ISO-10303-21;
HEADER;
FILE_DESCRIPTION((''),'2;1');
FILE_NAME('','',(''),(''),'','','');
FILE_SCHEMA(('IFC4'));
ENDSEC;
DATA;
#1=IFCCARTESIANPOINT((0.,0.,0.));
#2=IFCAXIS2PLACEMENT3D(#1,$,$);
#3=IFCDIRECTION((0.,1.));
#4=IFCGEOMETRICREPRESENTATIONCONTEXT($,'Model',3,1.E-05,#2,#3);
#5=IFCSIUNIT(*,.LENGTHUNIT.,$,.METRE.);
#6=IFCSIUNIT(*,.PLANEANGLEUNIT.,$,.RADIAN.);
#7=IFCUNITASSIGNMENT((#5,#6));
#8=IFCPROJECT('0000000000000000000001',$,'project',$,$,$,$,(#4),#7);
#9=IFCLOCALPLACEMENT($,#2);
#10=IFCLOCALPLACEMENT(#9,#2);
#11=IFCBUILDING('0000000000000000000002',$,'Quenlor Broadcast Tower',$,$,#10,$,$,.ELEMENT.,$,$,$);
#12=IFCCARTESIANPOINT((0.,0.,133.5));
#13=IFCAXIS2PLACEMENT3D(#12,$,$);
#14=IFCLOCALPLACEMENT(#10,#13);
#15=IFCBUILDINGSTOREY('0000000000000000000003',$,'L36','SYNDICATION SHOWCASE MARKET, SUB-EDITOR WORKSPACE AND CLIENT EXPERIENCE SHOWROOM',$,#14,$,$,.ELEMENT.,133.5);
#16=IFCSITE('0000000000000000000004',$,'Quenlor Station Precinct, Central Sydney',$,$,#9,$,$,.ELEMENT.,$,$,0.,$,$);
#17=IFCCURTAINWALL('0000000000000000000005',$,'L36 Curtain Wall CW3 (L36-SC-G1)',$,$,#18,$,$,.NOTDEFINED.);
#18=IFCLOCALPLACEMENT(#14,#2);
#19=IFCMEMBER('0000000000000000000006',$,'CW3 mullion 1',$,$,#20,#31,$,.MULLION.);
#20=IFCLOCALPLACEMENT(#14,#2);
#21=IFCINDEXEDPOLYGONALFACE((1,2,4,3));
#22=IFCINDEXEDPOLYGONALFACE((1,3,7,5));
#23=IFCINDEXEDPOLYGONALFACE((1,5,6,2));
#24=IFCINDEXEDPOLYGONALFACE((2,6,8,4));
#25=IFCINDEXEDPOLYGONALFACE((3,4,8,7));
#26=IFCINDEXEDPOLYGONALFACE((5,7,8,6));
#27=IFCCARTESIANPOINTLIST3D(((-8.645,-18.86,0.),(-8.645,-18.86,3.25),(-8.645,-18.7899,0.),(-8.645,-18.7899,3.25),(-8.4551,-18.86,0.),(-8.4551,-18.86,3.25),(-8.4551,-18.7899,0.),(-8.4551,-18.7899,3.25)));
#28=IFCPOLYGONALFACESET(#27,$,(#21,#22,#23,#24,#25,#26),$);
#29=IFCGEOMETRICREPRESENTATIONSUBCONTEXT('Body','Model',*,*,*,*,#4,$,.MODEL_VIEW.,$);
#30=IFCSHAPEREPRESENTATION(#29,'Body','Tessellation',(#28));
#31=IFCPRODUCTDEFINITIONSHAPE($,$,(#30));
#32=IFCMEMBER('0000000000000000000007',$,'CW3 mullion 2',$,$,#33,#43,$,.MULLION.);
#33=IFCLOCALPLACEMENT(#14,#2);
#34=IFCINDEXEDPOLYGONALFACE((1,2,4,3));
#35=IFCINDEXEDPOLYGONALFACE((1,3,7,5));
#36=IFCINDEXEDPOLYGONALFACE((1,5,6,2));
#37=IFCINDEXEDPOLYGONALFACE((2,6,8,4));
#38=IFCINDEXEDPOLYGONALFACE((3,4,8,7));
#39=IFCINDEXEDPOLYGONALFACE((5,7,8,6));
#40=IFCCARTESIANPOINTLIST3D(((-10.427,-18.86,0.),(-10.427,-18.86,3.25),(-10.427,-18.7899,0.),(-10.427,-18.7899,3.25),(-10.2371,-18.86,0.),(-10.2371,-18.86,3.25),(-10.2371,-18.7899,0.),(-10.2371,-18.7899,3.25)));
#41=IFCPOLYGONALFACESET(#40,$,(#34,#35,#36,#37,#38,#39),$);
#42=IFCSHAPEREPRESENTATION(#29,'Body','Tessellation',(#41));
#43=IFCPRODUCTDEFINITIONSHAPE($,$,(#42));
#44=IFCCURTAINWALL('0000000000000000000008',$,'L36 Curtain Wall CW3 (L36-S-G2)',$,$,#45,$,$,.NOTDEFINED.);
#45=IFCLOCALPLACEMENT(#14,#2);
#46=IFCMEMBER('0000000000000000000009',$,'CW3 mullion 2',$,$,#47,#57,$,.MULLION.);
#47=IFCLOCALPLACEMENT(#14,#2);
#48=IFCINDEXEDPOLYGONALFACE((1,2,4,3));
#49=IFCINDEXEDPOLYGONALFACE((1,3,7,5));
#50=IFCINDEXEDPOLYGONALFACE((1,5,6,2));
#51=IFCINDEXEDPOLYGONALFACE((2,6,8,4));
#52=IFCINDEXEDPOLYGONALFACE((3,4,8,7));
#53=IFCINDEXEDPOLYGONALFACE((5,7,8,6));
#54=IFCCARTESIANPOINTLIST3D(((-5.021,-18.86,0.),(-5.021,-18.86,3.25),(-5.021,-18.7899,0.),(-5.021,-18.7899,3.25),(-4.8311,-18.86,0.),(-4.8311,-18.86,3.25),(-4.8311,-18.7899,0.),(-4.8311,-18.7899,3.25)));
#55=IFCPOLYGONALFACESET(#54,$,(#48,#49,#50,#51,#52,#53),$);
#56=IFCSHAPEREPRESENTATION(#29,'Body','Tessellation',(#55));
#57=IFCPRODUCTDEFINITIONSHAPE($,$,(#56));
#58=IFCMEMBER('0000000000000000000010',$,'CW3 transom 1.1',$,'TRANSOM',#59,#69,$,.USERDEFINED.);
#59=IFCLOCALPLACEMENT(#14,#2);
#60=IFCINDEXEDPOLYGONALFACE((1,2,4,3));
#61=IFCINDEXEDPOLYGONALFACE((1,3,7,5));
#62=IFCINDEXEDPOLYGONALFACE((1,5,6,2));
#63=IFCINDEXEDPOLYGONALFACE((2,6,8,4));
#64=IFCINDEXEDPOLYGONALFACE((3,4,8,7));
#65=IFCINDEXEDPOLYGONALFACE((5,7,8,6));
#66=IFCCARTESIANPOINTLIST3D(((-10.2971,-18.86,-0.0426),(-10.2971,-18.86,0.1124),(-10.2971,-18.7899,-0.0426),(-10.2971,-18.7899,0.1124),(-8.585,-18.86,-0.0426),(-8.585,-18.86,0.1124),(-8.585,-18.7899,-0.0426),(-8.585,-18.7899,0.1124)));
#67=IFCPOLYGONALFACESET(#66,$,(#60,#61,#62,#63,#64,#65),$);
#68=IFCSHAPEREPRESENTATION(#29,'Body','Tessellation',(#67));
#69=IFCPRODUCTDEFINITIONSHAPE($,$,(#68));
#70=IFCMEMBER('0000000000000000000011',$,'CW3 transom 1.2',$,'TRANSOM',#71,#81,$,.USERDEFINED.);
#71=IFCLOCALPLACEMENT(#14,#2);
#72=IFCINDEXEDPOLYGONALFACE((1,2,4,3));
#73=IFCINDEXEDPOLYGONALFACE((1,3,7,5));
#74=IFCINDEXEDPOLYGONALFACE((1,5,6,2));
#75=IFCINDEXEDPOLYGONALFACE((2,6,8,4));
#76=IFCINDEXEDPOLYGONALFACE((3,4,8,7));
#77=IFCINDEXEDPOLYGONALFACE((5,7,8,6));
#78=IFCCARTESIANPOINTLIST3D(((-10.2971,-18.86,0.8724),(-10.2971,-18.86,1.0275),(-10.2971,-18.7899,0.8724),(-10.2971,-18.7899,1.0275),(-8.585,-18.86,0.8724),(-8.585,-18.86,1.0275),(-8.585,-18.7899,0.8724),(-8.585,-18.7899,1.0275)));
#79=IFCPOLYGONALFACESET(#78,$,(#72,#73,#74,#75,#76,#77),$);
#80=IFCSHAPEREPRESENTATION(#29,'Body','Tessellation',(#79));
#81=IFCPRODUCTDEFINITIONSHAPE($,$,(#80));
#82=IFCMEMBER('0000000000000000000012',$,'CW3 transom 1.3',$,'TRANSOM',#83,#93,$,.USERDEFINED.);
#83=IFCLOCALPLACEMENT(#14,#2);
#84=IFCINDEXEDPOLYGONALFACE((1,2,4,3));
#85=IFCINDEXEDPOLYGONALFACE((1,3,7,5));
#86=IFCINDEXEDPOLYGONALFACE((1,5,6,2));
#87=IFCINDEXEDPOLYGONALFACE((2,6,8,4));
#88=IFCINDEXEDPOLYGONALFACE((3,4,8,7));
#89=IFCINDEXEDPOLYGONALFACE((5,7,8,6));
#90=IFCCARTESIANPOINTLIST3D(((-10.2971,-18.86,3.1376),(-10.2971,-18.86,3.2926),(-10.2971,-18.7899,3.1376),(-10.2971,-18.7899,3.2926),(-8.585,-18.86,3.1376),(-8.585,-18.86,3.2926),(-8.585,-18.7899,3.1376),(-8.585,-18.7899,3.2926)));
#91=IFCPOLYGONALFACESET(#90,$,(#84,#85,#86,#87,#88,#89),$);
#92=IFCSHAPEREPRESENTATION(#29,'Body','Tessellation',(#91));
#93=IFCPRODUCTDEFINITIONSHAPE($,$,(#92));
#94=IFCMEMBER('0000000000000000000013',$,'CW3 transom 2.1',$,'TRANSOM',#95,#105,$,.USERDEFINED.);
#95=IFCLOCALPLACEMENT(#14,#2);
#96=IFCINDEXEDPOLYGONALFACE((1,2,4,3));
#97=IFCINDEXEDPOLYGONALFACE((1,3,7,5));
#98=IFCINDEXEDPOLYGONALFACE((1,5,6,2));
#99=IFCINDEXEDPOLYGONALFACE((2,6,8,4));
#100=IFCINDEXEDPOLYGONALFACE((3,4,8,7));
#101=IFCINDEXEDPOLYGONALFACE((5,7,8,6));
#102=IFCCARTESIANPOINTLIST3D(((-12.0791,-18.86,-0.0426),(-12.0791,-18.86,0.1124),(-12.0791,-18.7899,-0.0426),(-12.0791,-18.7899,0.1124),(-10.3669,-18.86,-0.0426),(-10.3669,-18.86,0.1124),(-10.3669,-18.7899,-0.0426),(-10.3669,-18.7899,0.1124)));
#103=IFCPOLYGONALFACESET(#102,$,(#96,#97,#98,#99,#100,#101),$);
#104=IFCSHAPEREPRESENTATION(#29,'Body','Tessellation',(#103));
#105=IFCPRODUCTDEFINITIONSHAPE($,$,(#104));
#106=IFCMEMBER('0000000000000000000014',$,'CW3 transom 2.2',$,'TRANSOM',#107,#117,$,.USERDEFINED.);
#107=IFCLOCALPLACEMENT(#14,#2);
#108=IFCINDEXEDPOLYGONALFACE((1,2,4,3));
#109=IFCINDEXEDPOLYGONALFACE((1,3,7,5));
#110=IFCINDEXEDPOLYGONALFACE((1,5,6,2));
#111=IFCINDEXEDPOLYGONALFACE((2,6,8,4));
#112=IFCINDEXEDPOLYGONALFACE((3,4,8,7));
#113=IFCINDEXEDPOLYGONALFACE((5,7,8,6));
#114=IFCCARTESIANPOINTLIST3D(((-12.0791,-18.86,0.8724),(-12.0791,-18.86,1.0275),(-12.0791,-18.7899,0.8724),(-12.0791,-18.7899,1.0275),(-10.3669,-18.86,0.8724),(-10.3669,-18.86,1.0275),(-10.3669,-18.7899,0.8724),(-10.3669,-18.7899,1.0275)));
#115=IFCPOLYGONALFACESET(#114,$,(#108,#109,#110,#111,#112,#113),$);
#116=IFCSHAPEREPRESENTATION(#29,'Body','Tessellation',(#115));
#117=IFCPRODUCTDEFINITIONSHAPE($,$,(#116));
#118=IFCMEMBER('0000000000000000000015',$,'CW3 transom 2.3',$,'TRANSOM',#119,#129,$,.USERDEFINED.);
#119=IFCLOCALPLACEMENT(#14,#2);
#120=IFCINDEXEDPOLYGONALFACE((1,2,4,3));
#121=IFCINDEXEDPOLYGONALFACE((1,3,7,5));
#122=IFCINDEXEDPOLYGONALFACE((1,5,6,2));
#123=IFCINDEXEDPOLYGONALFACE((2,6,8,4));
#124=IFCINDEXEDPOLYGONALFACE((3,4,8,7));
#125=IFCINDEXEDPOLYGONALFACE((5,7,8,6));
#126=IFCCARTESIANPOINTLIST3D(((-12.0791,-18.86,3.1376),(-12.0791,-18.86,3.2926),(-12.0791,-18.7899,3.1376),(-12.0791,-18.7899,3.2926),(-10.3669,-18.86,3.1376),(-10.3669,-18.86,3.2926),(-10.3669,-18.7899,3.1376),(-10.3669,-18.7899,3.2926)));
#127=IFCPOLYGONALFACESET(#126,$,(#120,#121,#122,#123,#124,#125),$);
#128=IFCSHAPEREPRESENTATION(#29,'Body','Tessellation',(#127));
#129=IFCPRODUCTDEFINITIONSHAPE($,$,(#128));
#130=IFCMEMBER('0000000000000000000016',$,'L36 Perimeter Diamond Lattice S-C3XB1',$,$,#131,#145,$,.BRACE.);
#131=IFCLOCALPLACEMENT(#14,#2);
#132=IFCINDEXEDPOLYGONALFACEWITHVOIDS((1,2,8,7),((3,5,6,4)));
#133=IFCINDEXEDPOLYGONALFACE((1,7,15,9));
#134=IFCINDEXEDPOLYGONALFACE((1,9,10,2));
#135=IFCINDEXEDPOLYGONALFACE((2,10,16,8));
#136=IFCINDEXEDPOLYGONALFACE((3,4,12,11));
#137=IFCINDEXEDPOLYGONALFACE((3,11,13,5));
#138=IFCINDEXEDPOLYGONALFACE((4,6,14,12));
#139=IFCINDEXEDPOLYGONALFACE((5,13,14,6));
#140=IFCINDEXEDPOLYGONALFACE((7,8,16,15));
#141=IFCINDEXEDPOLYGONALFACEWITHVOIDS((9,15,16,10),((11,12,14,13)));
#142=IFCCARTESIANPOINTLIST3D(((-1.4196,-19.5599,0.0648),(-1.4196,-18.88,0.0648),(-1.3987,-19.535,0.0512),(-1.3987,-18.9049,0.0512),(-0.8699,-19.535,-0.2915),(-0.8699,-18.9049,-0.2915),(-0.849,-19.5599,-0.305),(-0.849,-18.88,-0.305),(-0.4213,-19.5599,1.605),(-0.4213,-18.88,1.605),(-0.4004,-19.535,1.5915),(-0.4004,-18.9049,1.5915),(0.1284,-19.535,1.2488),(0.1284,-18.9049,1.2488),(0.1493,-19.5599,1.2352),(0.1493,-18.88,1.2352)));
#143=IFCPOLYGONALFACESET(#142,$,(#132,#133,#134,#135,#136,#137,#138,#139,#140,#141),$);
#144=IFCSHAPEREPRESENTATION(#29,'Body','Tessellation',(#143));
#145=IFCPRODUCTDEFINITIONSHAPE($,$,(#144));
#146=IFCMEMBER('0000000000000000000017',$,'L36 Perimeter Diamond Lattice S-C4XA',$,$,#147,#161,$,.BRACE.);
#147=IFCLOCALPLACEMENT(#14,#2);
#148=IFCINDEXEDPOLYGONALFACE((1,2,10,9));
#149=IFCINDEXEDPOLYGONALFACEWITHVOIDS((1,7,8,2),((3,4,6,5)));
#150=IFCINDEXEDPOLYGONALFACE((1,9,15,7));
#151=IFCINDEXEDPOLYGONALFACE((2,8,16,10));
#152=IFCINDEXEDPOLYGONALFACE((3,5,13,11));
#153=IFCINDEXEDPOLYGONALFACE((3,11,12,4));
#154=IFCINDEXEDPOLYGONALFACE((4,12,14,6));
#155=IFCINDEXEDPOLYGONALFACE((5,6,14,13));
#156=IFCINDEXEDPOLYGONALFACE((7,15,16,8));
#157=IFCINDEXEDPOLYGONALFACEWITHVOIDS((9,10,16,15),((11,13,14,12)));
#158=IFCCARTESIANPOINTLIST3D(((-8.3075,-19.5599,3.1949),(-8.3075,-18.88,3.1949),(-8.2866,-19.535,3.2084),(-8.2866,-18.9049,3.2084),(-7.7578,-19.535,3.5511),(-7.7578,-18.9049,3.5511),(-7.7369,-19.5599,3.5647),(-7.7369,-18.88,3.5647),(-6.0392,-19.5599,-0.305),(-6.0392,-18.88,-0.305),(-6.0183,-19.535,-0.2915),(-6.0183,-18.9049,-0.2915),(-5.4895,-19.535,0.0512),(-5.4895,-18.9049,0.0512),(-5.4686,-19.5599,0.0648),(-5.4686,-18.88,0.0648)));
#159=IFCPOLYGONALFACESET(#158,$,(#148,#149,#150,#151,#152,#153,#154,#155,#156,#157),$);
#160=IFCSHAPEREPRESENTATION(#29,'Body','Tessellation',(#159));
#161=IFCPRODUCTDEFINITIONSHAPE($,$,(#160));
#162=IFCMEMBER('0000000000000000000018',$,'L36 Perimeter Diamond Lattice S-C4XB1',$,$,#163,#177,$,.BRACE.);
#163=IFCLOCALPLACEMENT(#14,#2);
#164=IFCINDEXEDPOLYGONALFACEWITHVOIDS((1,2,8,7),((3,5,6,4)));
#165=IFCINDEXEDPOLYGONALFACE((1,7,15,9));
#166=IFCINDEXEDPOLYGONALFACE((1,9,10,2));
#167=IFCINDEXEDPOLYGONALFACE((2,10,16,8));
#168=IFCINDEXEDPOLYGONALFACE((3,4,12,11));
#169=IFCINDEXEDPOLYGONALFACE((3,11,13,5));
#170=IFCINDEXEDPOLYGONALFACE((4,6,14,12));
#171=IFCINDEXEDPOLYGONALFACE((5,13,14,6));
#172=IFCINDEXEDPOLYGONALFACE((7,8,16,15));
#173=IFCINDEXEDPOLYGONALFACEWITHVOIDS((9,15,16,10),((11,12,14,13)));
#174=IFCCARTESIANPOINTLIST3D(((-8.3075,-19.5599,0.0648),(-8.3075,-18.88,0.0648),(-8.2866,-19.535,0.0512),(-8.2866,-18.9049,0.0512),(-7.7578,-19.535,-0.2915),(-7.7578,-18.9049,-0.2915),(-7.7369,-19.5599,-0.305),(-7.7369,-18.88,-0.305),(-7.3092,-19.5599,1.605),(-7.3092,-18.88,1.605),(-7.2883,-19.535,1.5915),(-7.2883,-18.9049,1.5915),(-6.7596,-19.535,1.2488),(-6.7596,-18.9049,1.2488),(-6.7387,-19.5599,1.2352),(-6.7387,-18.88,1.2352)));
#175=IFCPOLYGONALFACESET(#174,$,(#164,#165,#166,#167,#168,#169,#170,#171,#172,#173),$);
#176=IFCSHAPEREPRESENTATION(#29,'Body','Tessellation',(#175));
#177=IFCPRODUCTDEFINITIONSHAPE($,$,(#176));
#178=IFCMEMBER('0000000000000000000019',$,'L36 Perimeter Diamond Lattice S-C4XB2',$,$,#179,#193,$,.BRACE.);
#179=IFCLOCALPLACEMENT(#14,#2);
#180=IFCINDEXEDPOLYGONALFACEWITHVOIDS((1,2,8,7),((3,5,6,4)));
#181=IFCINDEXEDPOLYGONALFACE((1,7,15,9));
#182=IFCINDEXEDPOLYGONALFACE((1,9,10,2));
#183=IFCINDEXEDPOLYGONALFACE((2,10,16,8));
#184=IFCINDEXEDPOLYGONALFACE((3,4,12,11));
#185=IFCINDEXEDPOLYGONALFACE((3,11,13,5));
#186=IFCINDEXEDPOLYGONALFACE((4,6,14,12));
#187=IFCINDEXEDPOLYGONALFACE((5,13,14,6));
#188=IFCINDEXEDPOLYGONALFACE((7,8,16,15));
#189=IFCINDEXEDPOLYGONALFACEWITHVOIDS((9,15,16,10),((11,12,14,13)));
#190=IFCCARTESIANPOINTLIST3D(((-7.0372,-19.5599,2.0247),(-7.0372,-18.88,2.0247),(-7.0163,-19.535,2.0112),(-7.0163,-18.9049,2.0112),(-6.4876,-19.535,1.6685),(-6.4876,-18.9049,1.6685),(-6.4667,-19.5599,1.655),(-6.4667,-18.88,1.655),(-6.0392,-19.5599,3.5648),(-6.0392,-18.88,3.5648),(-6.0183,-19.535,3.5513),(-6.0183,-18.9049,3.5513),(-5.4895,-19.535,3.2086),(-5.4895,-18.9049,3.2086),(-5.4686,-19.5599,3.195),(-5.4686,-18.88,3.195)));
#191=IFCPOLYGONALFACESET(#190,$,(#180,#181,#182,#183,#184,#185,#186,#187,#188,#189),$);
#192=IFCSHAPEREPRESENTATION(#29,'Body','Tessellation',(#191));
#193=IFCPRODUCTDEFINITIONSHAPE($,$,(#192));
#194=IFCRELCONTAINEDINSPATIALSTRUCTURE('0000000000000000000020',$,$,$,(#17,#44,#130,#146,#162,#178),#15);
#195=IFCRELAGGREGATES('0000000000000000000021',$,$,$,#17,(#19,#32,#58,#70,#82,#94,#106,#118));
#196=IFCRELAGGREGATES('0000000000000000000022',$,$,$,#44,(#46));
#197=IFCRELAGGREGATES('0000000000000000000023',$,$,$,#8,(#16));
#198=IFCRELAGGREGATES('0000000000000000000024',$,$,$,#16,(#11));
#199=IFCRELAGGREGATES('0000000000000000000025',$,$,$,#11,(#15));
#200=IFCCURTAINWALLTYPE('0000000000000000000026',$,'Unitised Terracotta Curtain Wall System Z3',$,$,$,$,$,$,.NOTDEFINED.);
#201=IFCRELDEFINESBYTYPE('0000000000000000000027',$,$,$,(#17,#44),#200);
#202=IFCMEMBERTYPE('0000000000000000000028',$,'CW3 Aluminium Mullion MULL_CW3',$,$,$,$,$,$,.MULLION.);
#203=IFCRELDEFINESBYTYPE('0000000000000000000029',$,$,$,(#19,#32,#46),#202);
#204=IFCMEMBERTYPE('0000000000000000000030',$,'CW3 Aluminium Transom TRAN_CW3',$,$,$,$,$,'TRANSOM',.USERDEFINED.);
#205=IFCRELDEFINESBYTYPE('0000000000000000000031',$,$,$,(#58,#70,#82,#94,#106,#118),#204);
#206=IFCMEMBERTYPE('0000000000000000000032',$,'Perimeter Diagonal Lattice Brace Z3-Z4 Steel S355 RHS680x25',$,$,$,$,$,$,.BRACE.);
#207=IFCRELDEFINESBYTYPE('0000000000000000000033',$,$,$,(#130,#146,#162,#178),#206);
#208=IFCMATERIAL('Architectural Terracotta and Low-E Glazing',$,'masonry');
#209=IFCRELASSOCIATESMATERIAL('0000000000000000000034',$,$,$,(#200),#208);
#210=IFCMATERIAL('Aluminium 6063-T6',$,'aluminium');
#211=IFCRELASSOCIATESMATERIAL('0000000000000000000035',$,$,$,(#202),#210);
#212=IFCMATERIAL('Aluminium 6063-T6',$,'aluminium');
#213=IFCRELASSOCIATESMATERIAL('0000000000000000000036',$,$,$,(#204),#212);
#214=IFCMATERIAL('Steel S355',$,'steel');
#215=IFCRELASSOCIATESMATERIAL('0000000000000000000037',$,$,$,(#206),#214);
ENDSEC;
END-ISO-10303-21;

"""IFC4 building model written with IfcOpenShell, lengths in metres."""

from ifc_helpers import new_model, si_unit, direction, frame, origin, origin_2d, place, context, subcontext, project, spatial, rectangle, hollow_rectangle, extrude, material, material_profile, profile_set, type_object, element, aggregate, save


model = new_model("IFC4")

# Units and contexts
model_context = context("Model", 3, precision=1e-05, world=origin(), true_north=direction((0.0, 1.0)))
body_context = subcontext(model_context, "Body", "Model", "MODEL_VIEW")
ifc_project = project(units=[si_unit("LENGTHUNIT", "METRE"), si_unit("PLANEANGLEUNIT", "RADIAN")], contexts=[model_context])

# Site, building, storey
site_placement = place(None, origin())
site = spatial("IfcSite", under=ifc_project, at=site_placement, Name="Quenlor Station Precinct, Central Sydney", CompositionType="ELEMENT", RefElevation=0.0)
building_placement = place(site_placement, origin())
building = spatial("IfcBuilding", under=site, at=building_placement, Name="Quenlor Broadcast Tower", CompositionType="ELEMENT")
storey_placement = place(building_placement, frame((0.0, 0.0, 133.5)))
storey = spatial("IfcBuildingStorey", under=building, at=storey_placement, Name="L36", Description="SYNDICATION SHOWCASE MARKET, SUB-EDITOR WORKSPACE AND CLIENT EXPERIENCE SHOWROOM", CompositionType="ELEMENT", Elevation=133.5)

# Curtain wall, members
ifc_material_1 = material(Name="Architectural Terracotta and Low-E Glazing", Category="masonry")
curtain_wall_type = type_object("IfcCurtainWallType", Name="Unitised Terracotta Curtain Wall System Z3", PredefinedType="NOTDEFINED", material=ifc_material_1)
curtain_wall_1_placement = place(storey_placement, origin())
curtain_wall_1 = element("IfcCurtainWall", 1, at=curtain_wall_1_placement, inside=storey, type_object=curtain_wall_type, Name="L36 Curtain Wall CW3 (L36-SC-G1)", PredefinedType="NOTDEFINED")
ifc_material_2 = material(Name="Aluminium 6063-T6", Category="aluminium")
ifc_material_profile_1 = material_profile(ifc_material_2, rectangle(XDim=0.0701, YDim=0.1899, at=origin_2d()))
ifc_profile_set_1 = profile_set([ifc_material_profile_1], Name="Aluminium 6063-T6 MULL70x190")
member_type_1 = type_object("IfcMemberType", Name="CW3 Aluminium Mullion MULL_CW3", PredefinedType="MULLION", material=ifc_profile_set_1)
member_1_placement = place(storey_placement, frame((-8.55, -18.825, 0.0), z_axis=(0.0, 0.0, 1.0), x_axis=(0.0, -1.0, 0.0)))
member_1 = element("IfcMember", 2, at=member_1_placement, type_object=member_type_1, Name="CW3 mullion 1", PredefinedType="MULLION", context=body_context, shape_type="SweptSolid", body=[
    extrude(rectangle(XDim=0.0701, YDim=0.1899, at=origin_2d()), origin(), (0.0, 0.0, 1.0), 3.25),
])
member_2_placement = place(storey_placement, frame((-10.332, -18.825, 0.0), z_axis=(0.0, 0.0, 1.0), x_axis=(0.0, -1.0, 0.0)))
member_2 = element("IfcMember", 3, at=member_2_placement, type_object=member_type_1, Name="CW3 mullion 2", PredefinedType="MULLION", context=body_context, shape_type="SweptSolid", body=[
    extrude(rectangle(XDim=0.0701, YDim=0.1899, at=origin_2d()), origin(), (0.0, 0.0, 1.0), 3.25),
])

# Curtain wall, member
curtain_wall_2_placement = place(storey_placement, origin())
curtain_wall_2 = element("IfcCurtainWall", 4, at=curtain_wall_2_placement, inside=storey, type_object=curtain_wall_type, Name="L36 Curtain Wall CW3 (L36-S-G2)", PredefinedType="NOTDEFINED")
member_3_placement = place(storey_placement, frame((-4.926, -18.825, 0.0), z_axis=(0.0, 0.0, 1.0), x_axis=(0.0, -1.0, 0.0)))
member_3 = element("IfcMember", 5, at=member_3_placement, type_object=member_type_1, Name="CW3 mullion 2", PredefinedType="MULLION", context=body_context, shape_type="SweptSolid", body=[
    extrude(rectangle(XDim=0.0701, YDim=0.1899, at=origin_2d()), origin(), (0.0, 0.0, 1.0), 3.25),
])

# Members
ifc_material_3 = material(Name="Aluminium 6063-T6", Category="aluminium")
ifc_material_profile_2 = material_profile(ifc_material_3, rectangle(XDim=0.0701, YDim=0.155, at=origin_2d()))
ifc_profile_set_2 = profile_set([ifc_material_profile_2], Name="Aluminium 6063-T6 TRAN70x155")
member_type_2 = type_object("IfcMemberType", Name="CW3 Aluminium Transom TRAN_CW3", ElementType="TRANSOM", PredefinedType="USERDEFINED", material=ifc_profile_set_2)
member_4_placement = place(storey_placement, frame((-8.585, -18.825, 0.0349), z_axis=(-1.0, 0.0, 0.0), x_axis=(0.0, -1.0, 0.0)))
member_4 = element("IfcMember", 6, at=member_4_placement, type_object=member_type_2, Name="CW3 transom 1.1", ObjectType="TRANSOM", PredefinedType="USERDEFINED", context=body_context, shape_type="SweptSolid", body=[
    extrude(rectangle(XDim=0.0701, YDim=0.155, at=origin_2d()), origin(), (0.0, 0.0, 1.0), 1.7122),
])
member_5_placement = place(storey_placement, frame((-8.585, -18.825, 0.95), z_axis=(-1.0, 0.0, 0.0), x_axis=(0.0, -1.0, 0.0)))
member_5 = element("IfcMember", 7, at=member_5_placement, type_object=member_type_2, Name="CW3 transom 1.2", ObjectType="TRANSOM", PredefinedType="USERDEFINED", context=body_context, shape_type="SweptSolid", body=[
    extrude(rectangle(XDim=0.0701, YDim=0.155, at=origin_2d()), origin(), (0.0, 0.0, 1.0), 1.7122),
])
member_6_placement = place(storey_placement, frame((-8.585, -18.825, 3.2151), z_axis=(-1.0, 0.0, 0.0), x_axis=(0.0, -1.0, 0.0)))
member_6 = element("IfcMember", 8, at=member_6_placement, type_object=member_type_2, Name="CW3 transom 1.3", ObjectType="TRANSOM", PredefinedType="USERDEFINED", context=body_context, shape_type="SweptSolid", body=[
    extrude(rectangle(XDim=0.0701, YDim=0.155, at=origin_2d()), origin(), (0.0, 0.0, 1.0), 1.7122),
])
member_7_placement = place(storey_placement, frame((-10.3669, -18.825, 0.0349), z_axis=(-1.0, 0.0, 0.0), x_axis=(0.0, -1.0, 0.0)))
member_7 = element("IfcMember", 9, at=member_7_placement, type_object=member_type_2, Name="CW3 transom 2.1", ObjectType="TRANSOM", PredefinedType="USERDEFINED", context=body_context, shape_type="SweptSolid", body=[
    extrude(rectangle(XDim=0.0701, YDim=0.155, at=origin_2d()), origin(), (0.0, 0.0, 1.0), 1.7122),
])
member_8_placement = place(storey_placement, frame((-10.3669, -18.825, 0.95), z_axis=(-1.0, 0.0, 0.0), x_axis=(0.0, -1.0, 0.0)))
member_8 = element("IfcMember", 10, at=member_8_placement, type_object=member_type_2, Name="CW3 transom 2.2", ObjectType="TRANSOM", PredefinedType="USERDEFINED", context=body_context, shape_type="SweptSolid", body=[
    extrude(rectangle(XDim=0.0701, YDim=0.155, at=origin_2d()), origin(), (0.0, 0.0, 1.0), 1.7122),
])
member_9_placement = place(storey_placement, frame((-10.3669, -18.825, 3.2151), z_axis=(-1.0, 0.0, 0.0), x_axis=(0.0, -1.0, 0.0)))
member_9 = element("IfcMember", 11, at=member_9_placement, type_object=member_type_2, Name="CW3 transom 2.3", ObjectType="TRANSOM", PredefinedType="USERDEFINED", context=body_context, shape_type="SweptSolid", body=[
    extrude(rectangle(XDim=0.0701, YDim=0.155, at=origin_2d()), origin(), (0.0, 0.0, 1.0), 1.7122),
])

# Members
ifc_material_4 = material(Name="Steel S355", Category="steel")
ifc_material_profile_3 = material_profile(ifc_material_4, hollow_rectangle(XDim=0.6799, YDim=0.6799, WallThickness=0.0249, at=origin_2d()))
ifc_profile_set_3 = profile_set([ifc_material_profile_3], Name="Steel S355 RHS680x680x25")
member_type_3 = type_object("IfcMemberType", Name="Perimeter Diagonal Lattice Brace Z3-Z4 Steel S355 RHS680x25", PredefinedType="BRACE", material=ifc_profile_set_3)
member_10_placement = place(storey_placement, frame((-1.1343, -19.22, -0.1201), z_axis=(0.54388, 0.0, 0.839163), x_axis=(0.0, 1.0, 0.0)))
element("IfcMember", 12, at=member_10_placement, inside=storey, type_object=member_type_3, Name="L36 Perimeter Diamond Lattice S-C3XB1", PredefinedType="BRACE", context=body_context, shape_type="SweptSolid", body=[
    extrude(hollow_rectangle(XDim=0.6799, YDim=0.6799, WallThickness=0.0249, at=origin_2d()), origin(), (0.0, 0.0, 1.0), 1.8354),
])
member_11_placement = place(storey_placement, frame((-5.7539, -19.22, -0.1201), z_axis=(-0.54386, 0.0, 0.839176), x_axis=(0.0, -1.0, 0.0)))
element("IfcMember", 13, at=member_11_placement, inside=storey, type_object=member_type_3, Name="L36 Perimeter Diamond Lattice S-C4XA", PredefinedType="BRACE", context=body_context, shape_type="SweptSolid", body=[
    extrude(hollow_rectangle(XDim=0.6799, YDim=0.6799, WallThickness=0.0249, at=origin_2d()), origin(), (0.0, 0.0, 1.0), 4.1707),
])
member_12_placement = place(storey_placement, frame((-8.0222, -19.22, -0.1201), z_axis=(0.54388, 0.0, 0.839163), x_axis=(0.0, 1.0, 0.0)))
element("IfcMember", 14, at=member_12_placement, inside=storey, type_object=member_type_3, Name="L36 Perimeter Diamond Lattice S-C4XB1", PredefinedType="BRACE", context=body_context, shape_type="SweptSolid", body=[
    extrude(hollow_rectangle(XDim=0.6799, YDim=0.6799, WallThickness=0.0249, at=origin_2d()), origin(), (0.0, 0.0, 1.0), 1.8354),
])
member_13_placement = place(storey_placement, frame((-6.752, -19.22, 1.8398), z_axis=(0.543847, 0.0, 0.839184), x_axis=(0.0, 1.0, 0.0)))
element("IfcMember", 15, at=member_13_placement, inside=storey, type_object=member_type_3, Name="L36 Perimeter Diamond Lattice S-C4XB2", PredefinedType="BRACE", context=body_context, shape_type="SweptSolid", body=[
    extrude(hollow_rectangle(XDim=0.6799, YDim=0.6799, WallThickness=0.0249, at=origin_2d()), origin(), (0.0, 0.0, 1.0), 1.8352),
])

aggregate(curtain_wall_1, [member_1, member_2, member_4, member_5, member_6, member_7, member_8, member_9])
aggregate(curtain_wall_2, [member_3])

save(model, "model.ifc")
